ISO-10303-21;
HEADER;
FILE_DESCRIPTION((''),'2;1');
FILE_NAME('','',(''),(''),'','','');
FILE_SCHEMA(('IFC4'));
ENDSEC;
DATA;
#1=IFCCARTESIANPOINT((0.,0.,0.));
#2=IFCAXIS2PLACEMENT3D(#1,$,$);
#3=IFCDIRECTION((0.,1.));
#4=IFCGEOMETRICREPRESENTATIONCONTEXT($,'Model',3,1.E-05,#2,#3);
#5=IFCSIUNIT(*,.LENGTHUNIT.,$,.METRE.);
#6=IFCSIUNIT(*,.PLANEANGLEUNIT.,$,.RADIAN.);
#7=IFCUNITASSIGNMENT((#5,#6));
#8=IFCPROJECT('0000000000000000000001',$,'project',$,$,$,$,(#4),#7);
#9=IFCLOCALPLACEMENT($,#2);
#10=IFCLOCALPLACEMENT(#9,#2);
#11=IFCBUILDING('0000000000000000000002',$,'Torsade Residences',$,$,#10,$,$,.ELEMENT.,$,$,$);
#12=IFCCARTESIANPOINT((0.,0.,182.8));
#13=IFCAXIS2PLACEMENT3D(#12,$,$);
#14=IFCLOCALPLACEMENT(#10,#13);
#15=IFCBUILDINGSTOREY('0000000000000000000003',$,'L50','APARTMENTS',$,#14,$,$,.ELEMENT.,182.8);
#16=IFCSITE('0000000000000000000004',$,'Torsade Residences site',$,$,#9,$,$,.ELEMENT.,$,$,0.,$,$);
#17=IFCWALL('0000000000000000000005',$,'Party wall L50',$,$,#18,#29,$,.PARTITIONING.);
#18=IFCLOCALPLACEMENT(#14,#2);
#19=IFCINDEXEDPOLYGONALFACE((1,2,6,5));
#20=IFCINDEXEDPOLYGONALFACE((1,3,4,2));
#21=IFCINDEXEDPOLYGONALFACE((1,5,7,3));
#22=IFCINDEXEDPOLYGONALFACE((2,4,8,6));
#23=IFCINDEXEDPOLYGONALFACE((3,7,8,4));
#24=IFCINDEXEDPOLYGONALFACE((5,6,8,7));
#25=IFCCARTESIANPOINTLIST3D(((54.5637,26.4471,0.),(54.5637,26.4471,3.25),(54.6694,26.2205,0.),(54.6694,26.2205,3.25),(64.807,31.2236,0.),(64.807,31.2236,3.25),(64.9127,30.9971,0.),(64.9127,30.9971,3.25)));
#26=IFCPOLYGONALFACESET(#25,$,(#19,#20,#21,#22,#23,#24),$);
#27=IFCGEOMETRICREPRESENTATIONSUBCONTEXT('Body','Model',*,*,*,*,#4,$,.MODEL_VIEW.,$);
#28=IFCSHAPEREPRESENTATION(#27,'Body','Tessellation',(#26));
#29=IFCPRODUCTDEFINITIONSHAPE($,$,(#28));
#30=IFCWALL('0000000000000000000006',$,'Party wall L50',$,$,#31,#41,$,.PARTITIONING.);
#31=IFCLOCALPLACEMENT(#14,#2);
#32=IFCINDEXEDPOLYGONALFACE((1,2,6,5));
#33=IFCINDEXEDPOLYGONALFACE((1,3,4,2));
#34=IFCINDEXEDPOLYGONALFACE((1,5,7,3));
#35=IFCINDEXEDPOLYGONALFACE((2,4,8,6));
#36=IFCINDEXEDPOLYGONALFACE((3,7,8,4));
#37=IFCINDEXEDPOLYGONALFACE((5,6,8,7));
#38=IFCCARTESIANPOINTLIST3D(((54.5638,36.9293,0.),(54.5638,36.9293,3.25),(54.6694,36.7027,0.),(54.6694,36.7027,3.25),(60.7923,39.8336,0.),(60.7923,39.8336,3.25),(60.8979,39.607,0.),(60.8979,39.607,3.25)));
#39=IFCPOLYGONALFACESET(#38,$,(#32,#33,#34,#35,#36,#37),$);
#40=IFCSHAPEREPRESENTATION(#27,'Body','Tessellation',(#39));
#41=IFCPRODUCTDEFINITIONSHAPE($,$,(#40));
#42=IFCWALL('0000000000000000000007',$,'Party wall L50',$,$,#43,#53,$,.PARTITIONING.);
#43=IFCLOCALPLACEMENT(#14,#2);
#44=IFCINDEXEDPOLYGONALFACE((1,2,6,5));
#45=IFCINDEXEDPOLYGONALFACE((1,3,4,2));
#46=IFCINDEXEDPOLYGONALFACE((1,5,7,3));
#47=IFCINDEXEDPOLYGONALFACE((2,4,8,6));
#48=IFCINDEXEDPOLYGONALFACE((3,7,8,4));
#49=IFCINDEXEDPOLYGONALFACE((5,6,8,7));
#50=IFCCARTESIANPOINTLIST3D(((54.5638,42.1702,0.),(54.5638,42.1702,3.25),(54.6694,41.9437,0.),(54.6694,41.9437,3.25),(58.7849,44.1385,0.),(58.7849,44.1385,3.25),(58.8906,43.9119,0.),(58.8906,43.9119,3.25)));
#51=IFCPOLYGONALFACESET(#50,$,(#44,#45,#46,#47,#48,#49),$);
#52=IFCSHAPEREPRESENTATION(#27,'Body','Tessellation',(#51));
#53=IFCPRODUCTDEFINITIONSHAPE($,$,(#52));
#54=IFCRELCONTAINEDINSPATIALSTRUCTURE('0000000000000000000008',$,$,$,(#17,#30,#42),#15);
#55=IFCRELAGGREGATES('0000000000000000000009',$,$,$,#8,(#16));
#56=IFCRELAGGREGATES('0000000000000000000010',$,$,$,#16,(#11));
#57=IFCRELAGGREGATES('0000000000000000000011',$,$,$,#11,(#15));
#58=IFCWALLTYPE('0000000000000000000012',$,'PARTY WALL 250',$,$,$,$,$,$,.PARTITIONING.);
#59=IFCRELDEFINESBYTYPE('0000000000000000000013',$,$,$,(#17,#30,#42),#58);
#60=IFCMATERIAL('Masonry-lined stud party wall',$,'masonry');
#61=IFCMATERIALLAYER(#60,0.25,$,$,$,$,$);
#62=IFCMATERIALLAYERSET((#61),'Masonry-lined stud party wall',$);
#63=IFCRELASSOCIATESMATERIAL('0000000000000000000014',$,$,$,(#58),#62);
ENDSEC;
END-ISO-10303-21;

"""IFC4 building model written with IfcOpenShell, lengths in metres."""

from ifc_helpers import new_model, si_unit, direction, frame, frame_2d, origin, place, context, subcontext, project, spatial, rectangle, extrude, material, layer, layer_set, type_object, element, save


model = new_model("IFC4")

# Units and contexts
model_context = context("Model", 3, precision=1e-05, world=origin(), true_north=direction((0.0, 1.0)))
body_context = subcontext(model_context, "Body", "Model", "MODEL_VIEW")
ifc_project = project(units=[si_unit("LENGTHUNIT", "METRE"), si_unit("PLANEANGLEUNIT", "RADIAN")], contexts=[model_context])

# Site, building, storey
site_placement = place(None, origin())
site = spatial("IfcSite", under=ifc_project, at=site_placement, Name="Torsade Residences site", CompositionType="ELEMENT", RefElevation=0.0)
building_placement = place(site_placement, origin())
building = spatial("IfcBuilding", under=site, at=building_placement, Name="Torsade Residences", CompositionType="ELEMENT")
storey_placement = place(building_placement, frame((0.0, 0.0, 182.8)))
storey = spatial("IfcBuildingStorey", under=building, at=storey_placement, Name="L50", Description="APARTMENTS", CompositionType="ELEMENT", Elevation=182.8)

# Walls
ifc_material_1 = material(Name="Masonry-lined stud party wall", Category="masonry")
ifc_layer_1 = layer(ifc_material_1, 0.25)
ifc_layer_set_1 = layer_set([ifc_layer_1], Name="Masonry-lined stud party wall")
wall_type_1 = type_object("IfcWallType", Name="PARTY WALL 250", PredefinedType="PARTITIONING", material=ifc_layer_set_1)
wall_1_placement = place(storey_placement, frame((64.8599, 31.1104, 0.0), z_axis=(0.0, 0.0, 1.0), x_axis=(-0.906307, -0.422621, 0.0)))
element("IfcWall", 1, at=wall_1_placement, inside=storey, type_object=wall_type_1, Name="Party wall L50", PredefinedType="PARTITIONING", context=body_context, shape_type="SweptSolid", body=[
    extrude(rectangle(XDim=11.3022, YDim=0.25, at=frame_2d((5.6511, 0.0))), origin(), (0.0, 0.0, 1.0), 3.25),
])
wall_2_placement = place(storey_placement, frame((60.845, 39.7202, 0.0), z_axis=(0.0, 0.0, 1.0), x_axis=(-0.906314, -0.422605, 0.0)))
element("IfcWall", 2, at=wall_2_placement, inside=storey, type_object=wall_type_1, Name="Party wall L50", PredefinedType="PARTITIONING", context=body_context, shape_type="SweptSolid", body=[
    extrude(rectangle(XDim=6.8723, YDim=0.25, at=frame_2d((3.436, 0.0))), origin(), (0.0, 0.0, 1.0), 3.25),
])
wall_3_placement = place(storey_placement, frame((58.8376, 44.0251, 0.0), z_axis=(0.0, 0.0, 1.0), x_axis=(-0.906317, -0.422598, 0.0)))
element("IfcWall", 3, at=wall_3_placement, inside=storey, type_object=wall_type_1, Name="Party wall L50", PredefinedType="PARTITIONING", context=body_context, shape_type="SweptSolid", body=[
    extrude(rectangle(XDim=4.6575, YDim=0.25, at=frame_2d((2.3286, 0.0))), origin(), (0.0, 0.0, 1.0), 3.25),
])

save(model, "model.ifc")
